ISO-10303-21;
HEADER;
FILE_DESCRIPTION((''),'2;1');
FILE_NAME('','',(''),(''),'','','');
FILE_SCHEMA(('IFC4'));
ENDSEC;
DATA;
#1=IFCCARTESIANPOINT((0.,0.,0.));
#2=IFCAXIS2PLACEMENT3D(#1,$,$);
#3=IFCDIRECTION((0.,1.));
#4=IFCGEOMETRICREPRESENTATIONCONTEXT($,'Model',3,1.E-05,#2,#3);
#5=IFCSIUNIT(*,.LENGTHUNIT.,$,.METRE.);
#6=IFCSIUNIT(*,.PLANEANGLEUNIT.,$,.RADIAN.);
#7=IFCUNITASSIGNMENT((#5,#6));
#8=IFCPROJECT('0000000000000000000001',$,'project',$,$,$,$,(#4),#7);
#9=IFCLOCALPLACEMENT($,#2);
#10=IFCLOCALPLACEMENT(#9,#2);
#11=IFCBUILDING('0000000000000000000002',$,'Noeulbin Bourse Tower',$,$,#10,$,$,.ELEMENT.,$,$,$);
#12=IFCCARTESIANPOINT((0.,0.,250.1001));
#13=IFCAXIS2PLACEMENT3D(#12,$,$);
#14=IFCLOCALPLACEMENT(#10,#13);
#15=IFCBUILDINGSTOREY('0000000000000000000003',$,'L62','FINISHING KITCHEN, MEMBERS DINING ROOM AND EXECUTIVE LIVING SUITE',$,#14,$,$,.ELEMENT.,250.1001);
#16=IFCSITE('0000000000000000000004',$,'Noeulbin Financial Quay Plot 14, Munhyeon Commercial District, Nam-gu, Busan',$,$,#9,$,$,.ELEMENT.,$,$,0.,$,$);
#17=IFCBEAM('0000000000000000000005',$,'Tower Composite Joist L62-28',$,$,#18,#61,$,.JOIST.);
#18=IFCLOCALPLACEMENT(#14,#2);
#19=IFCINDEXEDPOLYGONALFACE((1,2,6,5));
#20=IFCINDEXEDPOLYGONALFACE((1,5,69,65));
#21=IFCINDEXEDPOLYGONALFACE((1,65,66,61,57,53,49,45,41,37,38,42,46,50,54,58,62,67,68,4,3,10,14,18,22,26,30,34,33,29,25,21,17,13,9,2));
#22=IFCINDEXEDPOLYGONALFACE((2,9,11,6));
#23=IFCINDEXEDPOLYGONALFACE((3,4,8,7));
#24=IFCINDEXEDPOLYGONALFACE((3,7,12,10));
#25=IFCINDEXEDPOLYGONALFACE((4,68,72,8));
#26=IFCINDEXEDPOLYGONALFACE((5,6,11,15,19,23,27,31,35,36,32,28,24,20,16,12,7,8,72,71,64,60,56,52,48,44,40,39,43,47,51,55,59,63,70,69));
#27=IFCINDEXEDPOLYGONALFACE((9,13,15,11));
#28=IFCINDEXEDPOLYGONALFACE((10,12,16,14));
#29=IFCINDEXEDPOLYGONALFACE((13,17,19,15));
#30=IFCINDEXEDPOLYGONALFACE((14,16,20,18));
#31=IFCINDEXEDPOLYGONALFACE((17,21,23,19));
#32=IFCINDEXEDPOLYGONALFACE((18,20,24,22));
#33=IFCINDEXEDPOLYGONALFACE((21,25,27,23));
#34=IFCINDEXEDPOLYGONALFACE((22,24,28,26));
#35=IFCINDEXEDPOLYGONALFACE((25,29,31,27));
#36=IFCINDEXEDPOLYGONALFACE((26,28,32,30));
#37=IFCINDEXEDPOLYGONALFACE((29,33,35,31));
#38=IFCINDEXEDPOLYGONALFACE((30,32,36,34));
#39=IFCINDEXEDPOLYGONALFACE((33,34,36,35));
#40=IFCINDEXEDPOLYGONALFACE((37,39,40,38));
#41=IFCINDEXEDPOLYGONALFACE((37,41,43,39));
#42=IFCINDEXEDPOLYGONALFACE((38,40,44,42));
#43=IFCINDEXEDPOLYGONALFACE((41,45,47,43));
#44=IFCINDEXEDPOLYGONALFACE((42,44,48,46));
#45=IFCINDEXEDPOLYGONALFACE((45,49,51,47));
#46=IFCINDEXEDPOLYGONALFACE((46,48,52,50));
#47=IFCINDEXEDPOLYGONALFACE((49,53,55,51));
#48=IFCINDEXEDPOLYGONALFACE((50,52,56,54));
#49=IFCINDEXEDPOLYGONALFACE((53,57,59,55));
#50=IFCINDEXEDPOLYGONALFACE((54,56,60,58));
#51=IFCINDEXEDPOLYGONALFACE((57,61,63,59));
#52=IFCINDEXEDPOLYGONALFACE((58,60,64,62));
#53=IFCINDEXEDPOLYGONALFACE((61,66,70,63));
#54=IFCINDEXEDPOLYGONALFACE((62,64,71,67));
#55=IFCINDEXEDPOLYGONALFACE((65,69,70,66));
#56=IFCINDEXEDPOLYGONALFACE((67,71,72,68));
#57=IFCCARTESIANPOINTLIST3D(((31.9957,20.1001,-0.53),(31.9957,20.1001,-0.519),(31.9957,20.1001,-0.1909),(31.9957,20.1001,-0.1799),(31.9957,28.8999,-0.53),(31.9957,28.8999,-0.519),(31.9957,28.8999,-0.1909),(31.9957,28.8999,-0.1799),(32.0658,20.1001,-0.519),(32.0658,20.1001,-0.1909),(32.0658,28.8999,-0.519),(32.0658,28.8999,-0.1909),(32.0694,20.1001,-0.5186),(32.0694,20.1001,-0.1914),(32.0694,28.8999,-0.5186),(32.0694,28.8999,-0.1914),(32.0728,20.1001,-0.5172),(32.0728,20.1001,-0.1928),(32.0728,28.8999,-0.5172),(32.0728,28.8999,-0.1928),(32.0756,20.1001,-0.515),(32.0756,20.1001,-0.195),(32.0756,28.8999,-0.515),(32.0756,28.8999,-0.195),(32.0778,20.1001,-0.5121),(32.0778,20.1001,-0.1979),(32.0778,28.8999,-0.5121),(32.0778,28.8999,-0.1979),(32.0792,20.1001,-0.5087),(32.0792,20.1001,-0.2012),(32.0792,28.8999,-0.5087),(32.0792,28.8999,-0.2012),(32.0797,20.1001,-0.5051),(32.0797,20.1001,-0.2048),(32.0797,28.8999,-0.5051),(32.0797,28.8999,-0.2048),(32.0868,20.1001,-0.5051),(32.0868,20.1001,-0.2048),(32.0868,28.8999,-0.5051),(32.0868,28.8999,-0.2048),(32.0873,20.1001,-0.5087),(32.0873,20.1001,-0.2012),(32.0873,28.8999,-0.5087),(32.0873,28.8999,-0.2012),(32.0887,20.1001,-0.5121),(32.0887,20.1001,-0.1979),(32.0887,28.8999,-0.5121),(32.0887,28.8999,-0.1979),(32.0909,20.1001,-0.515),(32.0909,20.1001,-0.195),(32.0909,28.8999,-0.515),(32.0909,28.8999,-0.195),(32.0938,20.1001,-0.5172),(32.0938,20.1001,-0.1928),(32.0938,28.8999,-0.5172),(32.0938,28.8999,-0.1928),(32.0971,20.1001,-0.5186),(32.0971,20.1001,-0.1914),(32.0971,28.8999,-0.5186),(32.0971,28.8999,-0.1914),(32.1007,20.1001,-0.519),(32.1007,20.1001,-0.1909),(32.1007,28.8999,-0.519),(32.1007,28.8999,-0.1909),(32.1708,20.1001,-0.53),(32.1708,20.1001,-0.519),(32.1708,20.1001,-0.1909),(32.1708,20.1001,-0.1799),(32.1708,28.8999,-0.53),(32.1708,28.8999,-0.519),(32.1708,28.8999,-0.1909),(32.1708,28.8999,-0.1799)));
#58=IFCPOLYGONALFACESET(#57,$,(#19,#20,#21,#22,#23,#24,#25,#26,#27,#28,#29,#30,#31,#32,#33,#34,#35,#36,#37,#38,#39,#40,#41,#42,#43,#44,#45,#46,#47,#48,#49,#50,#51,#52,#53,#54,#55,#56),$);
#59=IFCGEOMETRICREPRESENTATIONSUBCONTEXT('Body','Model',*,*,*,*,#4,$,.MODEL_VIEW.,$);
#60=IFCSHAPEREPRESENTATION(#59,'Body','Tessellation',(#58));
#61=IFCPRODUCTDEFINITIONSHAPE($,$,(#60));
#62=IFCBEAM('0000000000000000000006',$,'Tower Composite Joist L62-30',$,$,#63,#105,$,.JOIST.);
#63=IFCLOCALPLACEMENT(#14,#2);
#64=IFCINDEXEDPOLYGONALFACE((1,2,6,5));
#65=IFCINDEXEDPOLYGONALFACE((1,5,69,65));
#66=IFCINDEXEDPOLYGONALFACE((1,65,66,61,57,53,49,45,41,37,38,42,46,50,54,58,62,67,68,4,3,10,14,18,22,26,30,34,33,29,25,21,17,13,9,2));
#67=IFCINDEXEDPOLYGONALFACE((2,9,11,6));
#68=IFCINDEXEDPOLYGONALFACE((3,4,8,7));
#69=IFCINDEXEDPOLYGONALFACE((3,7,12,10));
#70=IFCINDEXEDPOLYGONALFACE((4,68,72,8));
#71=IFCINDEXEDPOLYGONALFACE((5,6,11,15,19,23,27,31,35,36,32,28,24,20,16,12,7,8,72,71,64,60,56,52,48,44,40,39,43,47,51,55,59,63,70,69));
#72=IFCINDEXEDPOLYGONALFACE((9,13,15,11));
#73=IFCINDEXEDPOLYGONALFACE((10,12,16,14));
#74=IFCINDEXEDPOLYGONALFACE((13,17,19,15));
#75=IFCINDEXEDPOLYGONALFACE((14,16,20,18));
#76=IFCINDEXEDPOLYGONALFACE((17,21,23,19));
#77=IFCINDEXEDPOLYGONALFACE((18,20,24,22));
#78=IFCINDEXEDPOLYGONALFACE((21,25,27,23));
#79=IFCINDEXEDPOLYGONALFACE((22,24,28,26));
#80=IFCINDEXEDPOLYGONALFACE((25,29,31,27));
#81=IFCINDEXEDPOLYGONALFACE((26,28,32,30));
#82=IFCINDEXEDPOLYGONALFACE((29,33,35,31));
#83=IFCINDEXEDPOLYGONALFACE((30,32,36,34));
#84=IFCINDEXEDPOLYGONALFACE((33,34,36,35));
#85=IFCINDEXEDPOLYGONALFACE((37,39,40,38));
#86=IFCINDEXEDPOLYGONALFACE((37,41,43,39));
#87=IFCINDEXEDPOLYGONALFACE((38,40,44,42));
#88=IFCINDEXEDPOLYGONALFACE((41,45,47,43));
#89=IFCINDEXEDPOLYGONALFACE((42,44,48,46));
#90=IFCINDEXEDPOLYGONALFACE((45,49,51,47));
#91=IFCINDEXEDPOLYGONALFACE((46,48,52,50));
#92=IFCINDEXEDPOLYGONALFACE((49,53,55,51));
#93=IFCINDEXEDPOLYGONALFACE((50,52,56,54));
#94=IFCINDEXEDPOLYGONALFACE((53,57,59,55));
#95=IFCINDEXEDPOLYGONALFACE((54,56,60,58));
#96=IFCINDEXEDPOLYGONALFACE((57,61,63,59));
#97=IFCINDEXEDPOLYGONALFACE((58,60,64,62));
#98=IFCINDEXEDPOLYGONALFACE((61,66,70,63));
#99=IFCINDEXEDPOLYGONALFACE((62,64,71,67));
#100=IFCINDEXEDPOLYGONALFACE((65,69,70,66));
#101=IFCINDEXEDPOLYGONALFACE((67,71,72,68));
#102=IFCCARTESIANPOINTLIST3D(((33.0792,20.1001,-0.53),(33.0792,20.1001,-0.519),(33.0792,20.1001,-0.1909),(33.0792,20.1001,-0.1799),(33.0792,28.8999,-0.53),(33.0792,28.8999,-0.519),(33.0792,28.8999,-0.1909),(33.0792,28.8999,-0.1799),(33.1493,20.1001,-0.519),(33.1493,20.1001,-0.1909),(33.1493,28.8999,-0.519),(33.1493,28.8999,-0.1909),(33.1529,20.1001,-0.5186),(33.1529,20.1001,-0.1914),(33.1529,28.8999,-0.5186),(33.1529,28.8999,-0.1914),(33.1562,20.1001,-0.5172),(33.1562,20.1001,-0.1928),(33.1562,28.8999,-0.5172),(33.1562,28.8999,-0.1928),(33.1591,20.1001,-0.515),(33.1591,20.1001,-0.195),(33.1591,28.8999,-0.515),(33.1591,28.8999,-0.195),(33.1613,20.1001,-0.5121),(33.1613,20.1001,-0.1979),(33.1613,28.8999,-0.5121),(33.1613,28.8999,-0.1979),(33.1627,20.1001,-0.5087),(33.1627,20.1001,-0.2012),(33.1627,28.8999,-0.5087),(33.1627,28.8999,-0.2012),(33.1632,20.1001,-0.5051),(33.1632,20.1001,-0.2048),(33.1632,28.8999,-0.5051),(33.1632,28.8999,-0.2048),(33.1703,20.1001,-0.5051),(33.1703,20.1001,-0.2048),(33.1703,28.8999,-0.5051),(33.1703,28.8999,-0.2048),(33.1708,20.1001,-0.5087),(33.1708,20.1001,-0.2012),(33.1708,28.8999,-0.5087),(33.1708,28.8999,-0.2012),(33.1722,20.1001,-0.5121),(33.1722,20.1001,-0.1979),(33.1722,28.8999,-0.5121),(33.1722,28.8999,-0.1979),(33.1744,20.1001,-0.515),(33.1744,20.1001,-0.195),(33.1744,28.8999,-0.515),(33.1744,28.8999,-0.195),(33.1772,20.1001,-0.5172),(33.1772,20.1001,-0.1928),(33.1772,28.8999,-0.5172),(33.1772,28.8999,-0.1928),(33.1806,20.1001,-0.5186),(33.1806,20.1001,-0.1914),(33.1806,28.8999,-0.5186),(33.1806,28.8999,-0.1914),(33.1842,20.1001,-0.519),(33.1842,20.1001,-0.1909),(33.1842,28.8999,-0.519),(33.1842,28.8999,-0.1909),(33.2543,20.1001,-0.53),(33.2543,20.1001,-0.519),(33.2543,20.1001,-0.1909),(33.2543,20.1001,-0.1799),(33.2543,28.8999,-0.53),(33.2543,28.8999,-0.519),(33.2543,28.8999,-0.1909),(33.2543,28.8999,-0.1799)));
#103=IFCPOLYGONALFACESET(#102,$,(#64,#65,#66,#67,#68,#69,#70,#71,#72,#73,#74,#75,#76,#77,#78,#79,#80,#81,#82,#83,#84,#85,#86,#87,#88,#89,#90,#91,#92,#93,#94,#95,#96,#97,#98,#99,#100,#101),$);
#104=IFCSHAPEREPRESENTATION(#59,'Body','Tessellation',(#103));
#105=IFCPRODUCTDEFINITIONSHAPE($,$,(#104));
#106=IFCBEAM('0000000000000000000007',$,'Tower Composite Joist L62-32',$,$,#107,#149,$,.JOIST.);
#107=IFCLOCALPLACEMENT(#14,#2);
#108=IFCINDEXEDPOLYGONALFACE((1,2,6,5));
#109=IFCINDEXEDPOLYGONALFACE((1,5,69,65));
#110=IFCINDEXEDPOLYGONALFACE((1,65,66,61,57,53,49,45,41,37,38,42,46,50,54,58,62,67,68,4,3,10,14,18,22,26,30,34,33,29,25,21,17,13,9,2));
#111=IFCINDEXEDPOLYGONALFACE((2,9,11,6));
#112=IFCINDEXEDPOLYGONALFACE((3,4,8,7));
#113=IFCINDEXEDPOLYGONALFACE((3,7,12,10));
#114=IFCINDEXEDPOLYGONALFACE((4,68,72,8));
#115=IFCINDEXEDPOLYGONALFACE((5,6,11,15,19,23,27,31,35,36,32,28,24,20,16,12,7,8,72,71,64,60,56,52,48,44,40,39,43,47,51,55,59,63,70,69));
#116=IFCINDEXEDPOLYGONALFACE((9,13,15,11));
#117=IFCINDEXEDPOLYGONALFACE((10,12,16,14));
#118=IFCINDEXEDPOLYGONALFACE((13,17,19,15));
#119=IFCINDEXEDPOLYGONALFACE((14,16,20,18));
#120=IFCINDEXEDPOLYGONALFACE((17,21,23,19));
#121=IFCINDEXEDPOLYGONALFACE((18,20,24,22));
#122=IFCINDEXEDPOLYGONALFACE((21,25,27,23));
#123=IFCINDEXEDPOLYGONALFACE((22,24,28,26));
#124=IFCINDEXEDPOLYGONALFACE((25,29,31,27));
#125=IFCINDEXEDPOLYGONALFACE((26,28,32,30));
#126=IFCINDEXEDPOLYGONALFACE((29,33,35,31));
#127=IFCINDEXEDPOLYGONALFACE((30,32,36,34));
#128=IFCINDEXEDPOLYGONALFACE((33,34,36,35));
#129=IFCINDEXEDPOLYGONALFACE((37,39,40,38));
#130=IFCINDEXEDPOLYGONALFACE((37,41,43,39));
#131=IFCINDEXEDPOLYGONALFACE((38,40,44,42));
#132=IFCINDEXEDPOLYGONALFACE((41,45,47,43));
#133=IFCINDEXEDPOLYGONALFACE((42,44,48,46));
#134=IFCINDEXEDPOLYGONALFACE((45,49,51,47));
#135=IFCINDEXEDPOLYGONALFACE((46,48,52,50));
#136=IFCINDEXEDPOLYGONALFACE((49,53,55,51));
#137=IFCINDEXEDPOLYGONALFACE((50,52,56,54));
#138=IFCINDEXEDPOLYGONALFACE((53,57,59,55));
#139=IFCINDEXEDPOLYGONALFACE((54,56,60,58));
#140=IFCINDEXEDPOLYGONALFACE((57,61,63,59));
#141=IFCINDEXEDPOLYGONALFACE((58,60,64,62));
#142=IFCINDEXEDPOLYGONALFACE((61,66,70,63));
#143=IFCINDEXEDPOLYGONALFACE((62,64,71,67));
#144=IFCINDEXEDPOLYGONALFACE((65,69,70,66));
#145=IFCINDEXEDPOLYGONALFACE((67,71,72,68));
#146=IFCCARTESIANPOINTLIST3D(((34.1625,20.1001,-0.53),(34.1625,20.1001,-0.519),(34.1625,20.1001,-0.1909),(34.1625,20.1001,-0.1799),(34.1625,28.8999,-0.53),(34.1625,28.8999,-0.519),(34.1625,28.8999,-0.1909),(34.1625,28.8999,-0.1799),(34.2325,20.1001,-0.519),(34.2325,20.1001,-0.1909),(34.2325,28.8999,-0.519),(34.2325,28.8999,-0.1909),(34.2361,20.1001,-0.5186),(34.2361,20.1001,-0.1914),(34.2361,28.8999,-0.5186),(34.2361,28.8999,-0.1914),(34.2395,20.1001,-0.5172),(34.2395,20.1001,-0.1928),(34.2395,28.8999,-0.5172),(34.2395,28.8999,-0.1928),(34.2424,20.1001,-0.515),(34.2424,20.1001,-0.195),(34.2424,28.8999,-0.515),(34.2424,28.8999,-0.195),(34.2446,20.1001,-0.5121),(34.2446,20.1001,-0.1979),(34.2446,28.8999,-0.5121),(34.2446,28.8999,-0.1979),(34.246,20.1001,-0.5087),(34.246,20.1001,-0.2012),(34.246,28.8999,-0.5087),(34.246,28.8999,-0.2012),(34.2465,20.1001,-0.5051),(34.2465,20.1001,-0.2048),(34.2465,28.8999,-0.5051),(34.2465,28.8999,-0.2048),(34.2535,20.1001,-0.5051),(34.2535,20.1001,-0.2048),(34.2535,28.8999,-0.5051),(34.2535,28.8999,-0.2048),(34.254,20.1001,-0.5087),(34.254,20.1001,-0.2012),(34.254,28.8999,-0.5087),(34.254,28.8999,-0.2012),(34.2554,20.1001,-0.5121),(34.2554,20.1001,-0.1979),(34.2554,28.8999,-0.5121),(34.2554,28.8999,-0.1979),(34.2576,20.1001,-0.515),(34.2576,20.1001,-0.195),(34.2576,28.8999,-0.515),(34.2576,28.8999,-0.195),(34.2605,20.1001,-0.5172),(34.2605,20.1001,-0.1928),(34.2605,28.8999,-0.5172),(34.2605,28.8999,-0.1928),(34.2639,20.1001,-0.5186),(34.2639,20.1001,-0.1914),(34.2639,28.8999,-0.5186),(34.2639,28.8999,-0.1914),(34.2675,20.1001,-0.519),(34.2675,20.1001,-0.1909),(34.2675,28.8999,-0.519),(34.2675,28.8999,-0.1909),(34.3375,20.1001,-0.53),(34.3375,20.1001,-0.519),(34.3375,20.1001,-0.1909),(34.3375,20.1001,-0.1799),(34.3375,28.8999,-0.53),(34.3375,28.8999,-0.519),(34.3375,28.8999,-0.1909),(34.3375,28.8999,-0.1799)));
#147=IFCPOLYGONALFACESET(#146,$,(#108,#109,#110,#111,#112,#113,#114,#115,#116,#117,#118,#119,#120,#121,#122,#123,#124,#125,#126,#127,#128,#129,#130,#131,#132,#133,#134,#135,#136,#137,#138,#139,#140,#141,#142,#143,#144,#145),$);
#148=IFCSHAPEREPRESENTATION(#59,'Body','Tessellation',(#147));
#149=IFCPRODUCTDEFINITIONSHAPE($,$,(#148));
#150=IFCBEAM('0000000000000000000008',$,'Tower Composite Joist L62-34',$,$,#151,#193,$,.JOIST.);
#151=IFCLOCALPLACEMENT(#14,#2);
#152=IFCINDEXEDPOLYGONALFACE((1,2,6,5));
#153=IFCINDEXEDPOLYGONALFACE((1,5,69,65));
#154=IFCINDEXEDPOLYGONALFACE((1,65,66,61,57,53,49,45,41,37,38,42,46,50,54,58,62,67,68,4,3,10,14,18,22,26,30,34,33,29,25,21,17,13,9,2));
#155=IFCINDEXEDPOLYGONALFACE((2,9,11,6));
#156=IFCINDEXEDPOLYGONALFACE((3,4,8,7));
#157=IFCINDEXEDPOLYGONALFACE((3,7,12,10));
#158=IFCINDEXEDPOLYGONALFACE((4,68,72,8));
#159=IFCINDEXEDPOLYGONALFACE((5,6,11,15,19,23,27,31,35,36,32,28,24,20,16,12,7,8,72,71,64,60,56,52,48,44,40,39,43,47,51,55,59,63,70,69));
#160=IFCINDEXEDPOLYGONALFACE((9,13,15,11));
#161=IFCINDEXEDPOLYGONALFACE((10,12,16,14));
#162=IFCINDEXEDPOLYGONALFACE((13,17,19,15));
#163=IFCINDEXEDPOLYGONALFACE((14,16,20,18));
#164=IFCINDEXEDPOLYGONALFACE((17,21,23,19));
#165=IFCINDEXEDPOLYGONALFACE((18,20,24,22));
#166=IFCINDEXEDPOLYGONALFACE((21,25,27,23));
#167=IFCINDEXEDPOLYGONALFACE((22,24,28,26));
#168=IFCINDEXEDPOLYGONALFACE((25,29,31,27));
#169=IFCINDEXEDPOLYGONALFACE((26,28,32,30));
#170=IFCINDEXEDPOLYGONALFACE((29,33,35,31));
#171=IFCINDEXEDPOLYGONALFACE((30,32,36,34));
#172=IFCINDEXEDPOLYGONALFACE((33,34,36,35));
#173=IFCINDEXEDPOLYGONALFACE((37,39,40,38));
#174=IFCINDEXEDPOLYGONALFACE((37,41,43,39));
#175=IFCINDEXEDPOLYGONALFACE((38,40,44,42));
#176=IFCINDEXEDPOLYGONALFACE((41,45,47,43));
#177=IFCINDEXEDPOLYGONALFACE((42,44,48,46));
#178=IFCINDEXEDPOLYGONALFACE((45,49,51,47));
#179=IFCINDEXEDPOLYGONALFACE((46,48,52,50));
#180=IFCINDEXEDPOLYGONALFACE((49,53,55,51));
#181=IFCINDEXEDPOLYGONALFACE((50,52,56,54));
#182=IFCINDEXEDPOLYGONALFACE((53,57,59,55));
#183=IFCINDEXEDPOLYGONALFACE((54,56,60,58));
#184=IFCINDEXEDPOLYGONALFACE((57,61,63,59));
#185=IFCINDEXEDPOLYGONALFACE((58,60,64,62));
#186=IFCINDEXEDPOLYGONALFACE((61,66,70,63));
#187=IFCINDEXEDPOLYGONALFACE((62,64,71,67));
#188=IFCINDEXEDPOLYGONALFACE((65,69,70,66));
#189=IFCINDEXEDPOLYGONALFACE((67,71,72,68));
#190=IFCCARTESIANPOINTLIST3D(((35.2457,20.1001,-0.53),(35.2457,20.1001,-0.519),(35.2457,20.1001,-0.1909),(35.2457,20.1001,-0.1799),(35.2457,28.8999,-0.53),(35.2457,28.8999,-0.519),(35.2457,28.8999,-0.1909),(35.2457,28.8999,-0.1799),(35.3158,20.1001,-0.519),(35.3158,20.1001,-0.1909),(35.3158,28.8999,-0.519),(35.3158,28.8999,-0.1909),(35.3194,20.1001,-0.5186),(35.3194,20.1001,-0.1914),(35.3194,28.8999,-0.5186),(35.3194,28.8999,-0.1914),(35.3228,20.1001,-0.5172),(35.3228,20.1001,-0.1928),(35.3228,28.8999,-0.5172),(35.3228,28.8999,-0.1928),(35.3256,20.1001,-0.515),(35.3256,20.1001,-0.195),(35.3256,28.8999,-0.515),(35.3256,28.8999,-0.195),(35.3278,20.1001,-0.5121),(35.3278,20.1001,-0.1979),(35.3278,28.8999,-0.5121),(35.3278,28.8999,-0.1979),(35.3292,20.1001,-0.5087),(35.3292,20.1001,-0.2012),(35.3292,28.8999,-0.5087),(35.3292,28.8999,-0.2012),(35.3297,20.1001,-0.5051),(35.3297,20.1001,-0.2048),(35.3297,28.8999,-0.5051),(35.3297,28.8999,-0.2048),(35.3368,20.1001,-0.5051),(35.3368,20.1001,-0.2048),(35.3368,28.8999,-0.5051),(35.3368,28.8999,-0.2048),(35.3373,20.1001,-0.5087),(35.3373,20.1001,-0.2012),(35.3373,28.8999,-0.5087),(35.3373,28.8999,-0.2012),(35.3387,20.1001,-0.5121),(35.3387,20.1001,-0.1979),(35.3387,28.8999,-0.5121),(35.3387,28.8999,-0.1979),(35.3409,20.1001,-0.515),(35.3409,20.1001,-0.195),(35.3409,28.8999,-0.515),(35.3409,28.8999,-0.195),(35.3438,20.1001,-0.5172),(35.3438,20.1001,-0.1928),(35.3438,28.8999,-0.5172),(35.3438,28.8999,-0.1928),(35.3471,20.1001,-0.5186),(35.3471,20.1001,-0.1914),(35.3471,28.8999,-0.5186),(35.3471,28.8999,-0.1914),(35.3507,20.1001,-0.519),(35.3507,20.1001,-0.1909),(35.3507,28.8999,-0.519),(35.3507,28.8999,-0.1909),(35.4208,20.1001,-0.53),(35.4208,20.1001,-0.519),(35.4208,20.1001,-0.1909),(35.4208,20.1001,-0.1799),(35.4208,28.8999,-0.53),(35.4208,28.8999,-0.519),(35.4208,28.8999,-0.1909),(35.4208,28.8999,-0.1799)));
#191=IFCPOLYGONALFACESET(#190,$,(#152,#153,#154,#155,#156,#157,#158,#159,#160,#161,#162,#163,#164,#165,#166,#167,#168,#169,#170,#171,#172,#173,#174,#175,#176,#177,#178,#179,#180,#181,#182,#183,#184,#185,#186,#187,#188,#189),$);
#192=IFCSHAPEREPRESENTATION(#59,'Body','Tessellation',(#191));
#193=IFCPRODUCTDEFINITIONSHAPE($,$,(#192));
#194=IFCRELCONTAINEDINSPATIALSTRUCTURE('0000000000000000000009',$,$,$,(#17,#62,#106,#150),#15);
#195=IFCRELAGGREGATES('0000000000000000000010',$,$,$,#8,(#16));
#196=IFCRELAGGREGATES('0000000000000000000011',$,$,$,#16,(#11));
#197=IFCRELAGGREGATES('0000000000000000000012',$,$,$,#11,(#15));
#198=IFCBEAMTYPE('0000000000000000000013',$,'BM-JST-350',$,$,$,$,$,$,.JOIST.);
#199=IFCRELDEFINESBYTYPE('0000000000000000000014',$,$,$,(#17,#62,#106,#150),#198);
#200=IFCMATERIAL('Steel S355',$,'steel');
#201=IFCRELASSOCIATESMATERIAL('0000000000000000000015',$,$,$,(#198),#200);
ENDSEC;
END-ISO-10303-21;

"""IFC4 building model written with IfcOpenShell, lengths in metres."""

from ifc_helpers import new_model, si_unit, direction, frame, origin, origin_2d, place, context, subcontext, project, spatial, i_section, extrude, material, material_profile, profile_set, type_object, element, save


model = new_model("IFC4")

# Units and contexts
model_context = context("Model", 3, precision=1e-05, world=origin(), true_north=direction((0.0, 1.0)))
body_context = subcontext(model_context, "Body", "Model", "MODEL_VIEW")
ifc_project = project(units=[si_unit("LENGTHUNIT", "METRE"), si_unit("PLANEANGLEUNIT", "RADIAN")], contexts=[model_context])

# Site, building, storey
site_placement = place(None, origin())
site = spatial("IfcSite", under=ifc_project, at=site_placement, Name="Noeulbin Financial Quay Plot 14, Munhyeon Commercial District, Nam-gu, Busan", CompositionType="ELEMENT", RefElevation=0.0)
building_placement = place(site_placement, origin())
building = spatial("IfcBuilding", under=site, at=building_placement, Name="Noeulbin Bourse Tower", CompositionType="ELEMENT")
storey_placement = place(building_placement, frame((0.0, 0.0, 250.1001)))
storey = spatial("IfcBuildingStorey", under=building, at=storey_placement, Name="L62", Description="FINISHING KITCHEN, MEMBERS DINING ROOM AND EXECUTIVE LIVING SUITE", CompositionType="ELEMENT", Elevation=250.1001)

# Shared definitions
ifc_material_1 = material(Name="Steel S355", Category="steel")

# Beams
ifc_material_profile_1 = material_profile(ifc_material_1, i_section(OverallWidth=0.175, OverallDepth=0.3501, WebThickness=0.0071, FlangeThickness=0.011, FilletRadius=0.0139, at=origin_2d()), Name="H-350x175x7x11", Category="LoadBearing")
ifc_profile_set_1 = profile_set([ifc_material_profile_1], Name="Steel S355")
beam_type = type_object("IfcBeamType", Name="BM-JST-350", PredefinedType="JOIST", material=ifc_profile_set_1)
for number, where, z_axis, x_axis, name in (
    (1, (32.0833, 20.1001, -0.355), (0.0, 1.0, 0.0), (-1.0, 0.0, 0.0), "Tower Composite Joist L62-28"),
    (2, (33.1667, 20.1001, -0.355), (0.0, 1.0, 0.0), (-1.0, 0.0, 0.0), "Tower Composite Joist L62-30"),
    (3, (34.25, 20.1001, -0.355), (0.0, 1.0, 0.0), (-1.0, 0.0, 0.0), "Tower Composite Joist L62-32"),
    (4, (35.3333, 20.1001, -0.355), (0.0, 1.0, 0.0), (-1.0, 0.0, 0.0), "Tower Composite Joist L62-34"),
):
    element("IfcBeam", number, at=place(storey_placement, frame(where, z_axis=z_axis, x_axis=x_axis)), inside=storey, type_object=beam_type, Name=name, PredefinedType="JOIST", context=body_context, shape_type="SweptSolid", body=[
        extrude(i_section(OverallWidth=0.175, OverallDepth=0.3501, WebThickness=0.0071, FlangeThickness=0.011, FilletRadius=0.0139, at=origin_2d()), origin(), (0.0, 0.0, 1.0), 8.7998),
    ])

save(model, "model.ifc")
